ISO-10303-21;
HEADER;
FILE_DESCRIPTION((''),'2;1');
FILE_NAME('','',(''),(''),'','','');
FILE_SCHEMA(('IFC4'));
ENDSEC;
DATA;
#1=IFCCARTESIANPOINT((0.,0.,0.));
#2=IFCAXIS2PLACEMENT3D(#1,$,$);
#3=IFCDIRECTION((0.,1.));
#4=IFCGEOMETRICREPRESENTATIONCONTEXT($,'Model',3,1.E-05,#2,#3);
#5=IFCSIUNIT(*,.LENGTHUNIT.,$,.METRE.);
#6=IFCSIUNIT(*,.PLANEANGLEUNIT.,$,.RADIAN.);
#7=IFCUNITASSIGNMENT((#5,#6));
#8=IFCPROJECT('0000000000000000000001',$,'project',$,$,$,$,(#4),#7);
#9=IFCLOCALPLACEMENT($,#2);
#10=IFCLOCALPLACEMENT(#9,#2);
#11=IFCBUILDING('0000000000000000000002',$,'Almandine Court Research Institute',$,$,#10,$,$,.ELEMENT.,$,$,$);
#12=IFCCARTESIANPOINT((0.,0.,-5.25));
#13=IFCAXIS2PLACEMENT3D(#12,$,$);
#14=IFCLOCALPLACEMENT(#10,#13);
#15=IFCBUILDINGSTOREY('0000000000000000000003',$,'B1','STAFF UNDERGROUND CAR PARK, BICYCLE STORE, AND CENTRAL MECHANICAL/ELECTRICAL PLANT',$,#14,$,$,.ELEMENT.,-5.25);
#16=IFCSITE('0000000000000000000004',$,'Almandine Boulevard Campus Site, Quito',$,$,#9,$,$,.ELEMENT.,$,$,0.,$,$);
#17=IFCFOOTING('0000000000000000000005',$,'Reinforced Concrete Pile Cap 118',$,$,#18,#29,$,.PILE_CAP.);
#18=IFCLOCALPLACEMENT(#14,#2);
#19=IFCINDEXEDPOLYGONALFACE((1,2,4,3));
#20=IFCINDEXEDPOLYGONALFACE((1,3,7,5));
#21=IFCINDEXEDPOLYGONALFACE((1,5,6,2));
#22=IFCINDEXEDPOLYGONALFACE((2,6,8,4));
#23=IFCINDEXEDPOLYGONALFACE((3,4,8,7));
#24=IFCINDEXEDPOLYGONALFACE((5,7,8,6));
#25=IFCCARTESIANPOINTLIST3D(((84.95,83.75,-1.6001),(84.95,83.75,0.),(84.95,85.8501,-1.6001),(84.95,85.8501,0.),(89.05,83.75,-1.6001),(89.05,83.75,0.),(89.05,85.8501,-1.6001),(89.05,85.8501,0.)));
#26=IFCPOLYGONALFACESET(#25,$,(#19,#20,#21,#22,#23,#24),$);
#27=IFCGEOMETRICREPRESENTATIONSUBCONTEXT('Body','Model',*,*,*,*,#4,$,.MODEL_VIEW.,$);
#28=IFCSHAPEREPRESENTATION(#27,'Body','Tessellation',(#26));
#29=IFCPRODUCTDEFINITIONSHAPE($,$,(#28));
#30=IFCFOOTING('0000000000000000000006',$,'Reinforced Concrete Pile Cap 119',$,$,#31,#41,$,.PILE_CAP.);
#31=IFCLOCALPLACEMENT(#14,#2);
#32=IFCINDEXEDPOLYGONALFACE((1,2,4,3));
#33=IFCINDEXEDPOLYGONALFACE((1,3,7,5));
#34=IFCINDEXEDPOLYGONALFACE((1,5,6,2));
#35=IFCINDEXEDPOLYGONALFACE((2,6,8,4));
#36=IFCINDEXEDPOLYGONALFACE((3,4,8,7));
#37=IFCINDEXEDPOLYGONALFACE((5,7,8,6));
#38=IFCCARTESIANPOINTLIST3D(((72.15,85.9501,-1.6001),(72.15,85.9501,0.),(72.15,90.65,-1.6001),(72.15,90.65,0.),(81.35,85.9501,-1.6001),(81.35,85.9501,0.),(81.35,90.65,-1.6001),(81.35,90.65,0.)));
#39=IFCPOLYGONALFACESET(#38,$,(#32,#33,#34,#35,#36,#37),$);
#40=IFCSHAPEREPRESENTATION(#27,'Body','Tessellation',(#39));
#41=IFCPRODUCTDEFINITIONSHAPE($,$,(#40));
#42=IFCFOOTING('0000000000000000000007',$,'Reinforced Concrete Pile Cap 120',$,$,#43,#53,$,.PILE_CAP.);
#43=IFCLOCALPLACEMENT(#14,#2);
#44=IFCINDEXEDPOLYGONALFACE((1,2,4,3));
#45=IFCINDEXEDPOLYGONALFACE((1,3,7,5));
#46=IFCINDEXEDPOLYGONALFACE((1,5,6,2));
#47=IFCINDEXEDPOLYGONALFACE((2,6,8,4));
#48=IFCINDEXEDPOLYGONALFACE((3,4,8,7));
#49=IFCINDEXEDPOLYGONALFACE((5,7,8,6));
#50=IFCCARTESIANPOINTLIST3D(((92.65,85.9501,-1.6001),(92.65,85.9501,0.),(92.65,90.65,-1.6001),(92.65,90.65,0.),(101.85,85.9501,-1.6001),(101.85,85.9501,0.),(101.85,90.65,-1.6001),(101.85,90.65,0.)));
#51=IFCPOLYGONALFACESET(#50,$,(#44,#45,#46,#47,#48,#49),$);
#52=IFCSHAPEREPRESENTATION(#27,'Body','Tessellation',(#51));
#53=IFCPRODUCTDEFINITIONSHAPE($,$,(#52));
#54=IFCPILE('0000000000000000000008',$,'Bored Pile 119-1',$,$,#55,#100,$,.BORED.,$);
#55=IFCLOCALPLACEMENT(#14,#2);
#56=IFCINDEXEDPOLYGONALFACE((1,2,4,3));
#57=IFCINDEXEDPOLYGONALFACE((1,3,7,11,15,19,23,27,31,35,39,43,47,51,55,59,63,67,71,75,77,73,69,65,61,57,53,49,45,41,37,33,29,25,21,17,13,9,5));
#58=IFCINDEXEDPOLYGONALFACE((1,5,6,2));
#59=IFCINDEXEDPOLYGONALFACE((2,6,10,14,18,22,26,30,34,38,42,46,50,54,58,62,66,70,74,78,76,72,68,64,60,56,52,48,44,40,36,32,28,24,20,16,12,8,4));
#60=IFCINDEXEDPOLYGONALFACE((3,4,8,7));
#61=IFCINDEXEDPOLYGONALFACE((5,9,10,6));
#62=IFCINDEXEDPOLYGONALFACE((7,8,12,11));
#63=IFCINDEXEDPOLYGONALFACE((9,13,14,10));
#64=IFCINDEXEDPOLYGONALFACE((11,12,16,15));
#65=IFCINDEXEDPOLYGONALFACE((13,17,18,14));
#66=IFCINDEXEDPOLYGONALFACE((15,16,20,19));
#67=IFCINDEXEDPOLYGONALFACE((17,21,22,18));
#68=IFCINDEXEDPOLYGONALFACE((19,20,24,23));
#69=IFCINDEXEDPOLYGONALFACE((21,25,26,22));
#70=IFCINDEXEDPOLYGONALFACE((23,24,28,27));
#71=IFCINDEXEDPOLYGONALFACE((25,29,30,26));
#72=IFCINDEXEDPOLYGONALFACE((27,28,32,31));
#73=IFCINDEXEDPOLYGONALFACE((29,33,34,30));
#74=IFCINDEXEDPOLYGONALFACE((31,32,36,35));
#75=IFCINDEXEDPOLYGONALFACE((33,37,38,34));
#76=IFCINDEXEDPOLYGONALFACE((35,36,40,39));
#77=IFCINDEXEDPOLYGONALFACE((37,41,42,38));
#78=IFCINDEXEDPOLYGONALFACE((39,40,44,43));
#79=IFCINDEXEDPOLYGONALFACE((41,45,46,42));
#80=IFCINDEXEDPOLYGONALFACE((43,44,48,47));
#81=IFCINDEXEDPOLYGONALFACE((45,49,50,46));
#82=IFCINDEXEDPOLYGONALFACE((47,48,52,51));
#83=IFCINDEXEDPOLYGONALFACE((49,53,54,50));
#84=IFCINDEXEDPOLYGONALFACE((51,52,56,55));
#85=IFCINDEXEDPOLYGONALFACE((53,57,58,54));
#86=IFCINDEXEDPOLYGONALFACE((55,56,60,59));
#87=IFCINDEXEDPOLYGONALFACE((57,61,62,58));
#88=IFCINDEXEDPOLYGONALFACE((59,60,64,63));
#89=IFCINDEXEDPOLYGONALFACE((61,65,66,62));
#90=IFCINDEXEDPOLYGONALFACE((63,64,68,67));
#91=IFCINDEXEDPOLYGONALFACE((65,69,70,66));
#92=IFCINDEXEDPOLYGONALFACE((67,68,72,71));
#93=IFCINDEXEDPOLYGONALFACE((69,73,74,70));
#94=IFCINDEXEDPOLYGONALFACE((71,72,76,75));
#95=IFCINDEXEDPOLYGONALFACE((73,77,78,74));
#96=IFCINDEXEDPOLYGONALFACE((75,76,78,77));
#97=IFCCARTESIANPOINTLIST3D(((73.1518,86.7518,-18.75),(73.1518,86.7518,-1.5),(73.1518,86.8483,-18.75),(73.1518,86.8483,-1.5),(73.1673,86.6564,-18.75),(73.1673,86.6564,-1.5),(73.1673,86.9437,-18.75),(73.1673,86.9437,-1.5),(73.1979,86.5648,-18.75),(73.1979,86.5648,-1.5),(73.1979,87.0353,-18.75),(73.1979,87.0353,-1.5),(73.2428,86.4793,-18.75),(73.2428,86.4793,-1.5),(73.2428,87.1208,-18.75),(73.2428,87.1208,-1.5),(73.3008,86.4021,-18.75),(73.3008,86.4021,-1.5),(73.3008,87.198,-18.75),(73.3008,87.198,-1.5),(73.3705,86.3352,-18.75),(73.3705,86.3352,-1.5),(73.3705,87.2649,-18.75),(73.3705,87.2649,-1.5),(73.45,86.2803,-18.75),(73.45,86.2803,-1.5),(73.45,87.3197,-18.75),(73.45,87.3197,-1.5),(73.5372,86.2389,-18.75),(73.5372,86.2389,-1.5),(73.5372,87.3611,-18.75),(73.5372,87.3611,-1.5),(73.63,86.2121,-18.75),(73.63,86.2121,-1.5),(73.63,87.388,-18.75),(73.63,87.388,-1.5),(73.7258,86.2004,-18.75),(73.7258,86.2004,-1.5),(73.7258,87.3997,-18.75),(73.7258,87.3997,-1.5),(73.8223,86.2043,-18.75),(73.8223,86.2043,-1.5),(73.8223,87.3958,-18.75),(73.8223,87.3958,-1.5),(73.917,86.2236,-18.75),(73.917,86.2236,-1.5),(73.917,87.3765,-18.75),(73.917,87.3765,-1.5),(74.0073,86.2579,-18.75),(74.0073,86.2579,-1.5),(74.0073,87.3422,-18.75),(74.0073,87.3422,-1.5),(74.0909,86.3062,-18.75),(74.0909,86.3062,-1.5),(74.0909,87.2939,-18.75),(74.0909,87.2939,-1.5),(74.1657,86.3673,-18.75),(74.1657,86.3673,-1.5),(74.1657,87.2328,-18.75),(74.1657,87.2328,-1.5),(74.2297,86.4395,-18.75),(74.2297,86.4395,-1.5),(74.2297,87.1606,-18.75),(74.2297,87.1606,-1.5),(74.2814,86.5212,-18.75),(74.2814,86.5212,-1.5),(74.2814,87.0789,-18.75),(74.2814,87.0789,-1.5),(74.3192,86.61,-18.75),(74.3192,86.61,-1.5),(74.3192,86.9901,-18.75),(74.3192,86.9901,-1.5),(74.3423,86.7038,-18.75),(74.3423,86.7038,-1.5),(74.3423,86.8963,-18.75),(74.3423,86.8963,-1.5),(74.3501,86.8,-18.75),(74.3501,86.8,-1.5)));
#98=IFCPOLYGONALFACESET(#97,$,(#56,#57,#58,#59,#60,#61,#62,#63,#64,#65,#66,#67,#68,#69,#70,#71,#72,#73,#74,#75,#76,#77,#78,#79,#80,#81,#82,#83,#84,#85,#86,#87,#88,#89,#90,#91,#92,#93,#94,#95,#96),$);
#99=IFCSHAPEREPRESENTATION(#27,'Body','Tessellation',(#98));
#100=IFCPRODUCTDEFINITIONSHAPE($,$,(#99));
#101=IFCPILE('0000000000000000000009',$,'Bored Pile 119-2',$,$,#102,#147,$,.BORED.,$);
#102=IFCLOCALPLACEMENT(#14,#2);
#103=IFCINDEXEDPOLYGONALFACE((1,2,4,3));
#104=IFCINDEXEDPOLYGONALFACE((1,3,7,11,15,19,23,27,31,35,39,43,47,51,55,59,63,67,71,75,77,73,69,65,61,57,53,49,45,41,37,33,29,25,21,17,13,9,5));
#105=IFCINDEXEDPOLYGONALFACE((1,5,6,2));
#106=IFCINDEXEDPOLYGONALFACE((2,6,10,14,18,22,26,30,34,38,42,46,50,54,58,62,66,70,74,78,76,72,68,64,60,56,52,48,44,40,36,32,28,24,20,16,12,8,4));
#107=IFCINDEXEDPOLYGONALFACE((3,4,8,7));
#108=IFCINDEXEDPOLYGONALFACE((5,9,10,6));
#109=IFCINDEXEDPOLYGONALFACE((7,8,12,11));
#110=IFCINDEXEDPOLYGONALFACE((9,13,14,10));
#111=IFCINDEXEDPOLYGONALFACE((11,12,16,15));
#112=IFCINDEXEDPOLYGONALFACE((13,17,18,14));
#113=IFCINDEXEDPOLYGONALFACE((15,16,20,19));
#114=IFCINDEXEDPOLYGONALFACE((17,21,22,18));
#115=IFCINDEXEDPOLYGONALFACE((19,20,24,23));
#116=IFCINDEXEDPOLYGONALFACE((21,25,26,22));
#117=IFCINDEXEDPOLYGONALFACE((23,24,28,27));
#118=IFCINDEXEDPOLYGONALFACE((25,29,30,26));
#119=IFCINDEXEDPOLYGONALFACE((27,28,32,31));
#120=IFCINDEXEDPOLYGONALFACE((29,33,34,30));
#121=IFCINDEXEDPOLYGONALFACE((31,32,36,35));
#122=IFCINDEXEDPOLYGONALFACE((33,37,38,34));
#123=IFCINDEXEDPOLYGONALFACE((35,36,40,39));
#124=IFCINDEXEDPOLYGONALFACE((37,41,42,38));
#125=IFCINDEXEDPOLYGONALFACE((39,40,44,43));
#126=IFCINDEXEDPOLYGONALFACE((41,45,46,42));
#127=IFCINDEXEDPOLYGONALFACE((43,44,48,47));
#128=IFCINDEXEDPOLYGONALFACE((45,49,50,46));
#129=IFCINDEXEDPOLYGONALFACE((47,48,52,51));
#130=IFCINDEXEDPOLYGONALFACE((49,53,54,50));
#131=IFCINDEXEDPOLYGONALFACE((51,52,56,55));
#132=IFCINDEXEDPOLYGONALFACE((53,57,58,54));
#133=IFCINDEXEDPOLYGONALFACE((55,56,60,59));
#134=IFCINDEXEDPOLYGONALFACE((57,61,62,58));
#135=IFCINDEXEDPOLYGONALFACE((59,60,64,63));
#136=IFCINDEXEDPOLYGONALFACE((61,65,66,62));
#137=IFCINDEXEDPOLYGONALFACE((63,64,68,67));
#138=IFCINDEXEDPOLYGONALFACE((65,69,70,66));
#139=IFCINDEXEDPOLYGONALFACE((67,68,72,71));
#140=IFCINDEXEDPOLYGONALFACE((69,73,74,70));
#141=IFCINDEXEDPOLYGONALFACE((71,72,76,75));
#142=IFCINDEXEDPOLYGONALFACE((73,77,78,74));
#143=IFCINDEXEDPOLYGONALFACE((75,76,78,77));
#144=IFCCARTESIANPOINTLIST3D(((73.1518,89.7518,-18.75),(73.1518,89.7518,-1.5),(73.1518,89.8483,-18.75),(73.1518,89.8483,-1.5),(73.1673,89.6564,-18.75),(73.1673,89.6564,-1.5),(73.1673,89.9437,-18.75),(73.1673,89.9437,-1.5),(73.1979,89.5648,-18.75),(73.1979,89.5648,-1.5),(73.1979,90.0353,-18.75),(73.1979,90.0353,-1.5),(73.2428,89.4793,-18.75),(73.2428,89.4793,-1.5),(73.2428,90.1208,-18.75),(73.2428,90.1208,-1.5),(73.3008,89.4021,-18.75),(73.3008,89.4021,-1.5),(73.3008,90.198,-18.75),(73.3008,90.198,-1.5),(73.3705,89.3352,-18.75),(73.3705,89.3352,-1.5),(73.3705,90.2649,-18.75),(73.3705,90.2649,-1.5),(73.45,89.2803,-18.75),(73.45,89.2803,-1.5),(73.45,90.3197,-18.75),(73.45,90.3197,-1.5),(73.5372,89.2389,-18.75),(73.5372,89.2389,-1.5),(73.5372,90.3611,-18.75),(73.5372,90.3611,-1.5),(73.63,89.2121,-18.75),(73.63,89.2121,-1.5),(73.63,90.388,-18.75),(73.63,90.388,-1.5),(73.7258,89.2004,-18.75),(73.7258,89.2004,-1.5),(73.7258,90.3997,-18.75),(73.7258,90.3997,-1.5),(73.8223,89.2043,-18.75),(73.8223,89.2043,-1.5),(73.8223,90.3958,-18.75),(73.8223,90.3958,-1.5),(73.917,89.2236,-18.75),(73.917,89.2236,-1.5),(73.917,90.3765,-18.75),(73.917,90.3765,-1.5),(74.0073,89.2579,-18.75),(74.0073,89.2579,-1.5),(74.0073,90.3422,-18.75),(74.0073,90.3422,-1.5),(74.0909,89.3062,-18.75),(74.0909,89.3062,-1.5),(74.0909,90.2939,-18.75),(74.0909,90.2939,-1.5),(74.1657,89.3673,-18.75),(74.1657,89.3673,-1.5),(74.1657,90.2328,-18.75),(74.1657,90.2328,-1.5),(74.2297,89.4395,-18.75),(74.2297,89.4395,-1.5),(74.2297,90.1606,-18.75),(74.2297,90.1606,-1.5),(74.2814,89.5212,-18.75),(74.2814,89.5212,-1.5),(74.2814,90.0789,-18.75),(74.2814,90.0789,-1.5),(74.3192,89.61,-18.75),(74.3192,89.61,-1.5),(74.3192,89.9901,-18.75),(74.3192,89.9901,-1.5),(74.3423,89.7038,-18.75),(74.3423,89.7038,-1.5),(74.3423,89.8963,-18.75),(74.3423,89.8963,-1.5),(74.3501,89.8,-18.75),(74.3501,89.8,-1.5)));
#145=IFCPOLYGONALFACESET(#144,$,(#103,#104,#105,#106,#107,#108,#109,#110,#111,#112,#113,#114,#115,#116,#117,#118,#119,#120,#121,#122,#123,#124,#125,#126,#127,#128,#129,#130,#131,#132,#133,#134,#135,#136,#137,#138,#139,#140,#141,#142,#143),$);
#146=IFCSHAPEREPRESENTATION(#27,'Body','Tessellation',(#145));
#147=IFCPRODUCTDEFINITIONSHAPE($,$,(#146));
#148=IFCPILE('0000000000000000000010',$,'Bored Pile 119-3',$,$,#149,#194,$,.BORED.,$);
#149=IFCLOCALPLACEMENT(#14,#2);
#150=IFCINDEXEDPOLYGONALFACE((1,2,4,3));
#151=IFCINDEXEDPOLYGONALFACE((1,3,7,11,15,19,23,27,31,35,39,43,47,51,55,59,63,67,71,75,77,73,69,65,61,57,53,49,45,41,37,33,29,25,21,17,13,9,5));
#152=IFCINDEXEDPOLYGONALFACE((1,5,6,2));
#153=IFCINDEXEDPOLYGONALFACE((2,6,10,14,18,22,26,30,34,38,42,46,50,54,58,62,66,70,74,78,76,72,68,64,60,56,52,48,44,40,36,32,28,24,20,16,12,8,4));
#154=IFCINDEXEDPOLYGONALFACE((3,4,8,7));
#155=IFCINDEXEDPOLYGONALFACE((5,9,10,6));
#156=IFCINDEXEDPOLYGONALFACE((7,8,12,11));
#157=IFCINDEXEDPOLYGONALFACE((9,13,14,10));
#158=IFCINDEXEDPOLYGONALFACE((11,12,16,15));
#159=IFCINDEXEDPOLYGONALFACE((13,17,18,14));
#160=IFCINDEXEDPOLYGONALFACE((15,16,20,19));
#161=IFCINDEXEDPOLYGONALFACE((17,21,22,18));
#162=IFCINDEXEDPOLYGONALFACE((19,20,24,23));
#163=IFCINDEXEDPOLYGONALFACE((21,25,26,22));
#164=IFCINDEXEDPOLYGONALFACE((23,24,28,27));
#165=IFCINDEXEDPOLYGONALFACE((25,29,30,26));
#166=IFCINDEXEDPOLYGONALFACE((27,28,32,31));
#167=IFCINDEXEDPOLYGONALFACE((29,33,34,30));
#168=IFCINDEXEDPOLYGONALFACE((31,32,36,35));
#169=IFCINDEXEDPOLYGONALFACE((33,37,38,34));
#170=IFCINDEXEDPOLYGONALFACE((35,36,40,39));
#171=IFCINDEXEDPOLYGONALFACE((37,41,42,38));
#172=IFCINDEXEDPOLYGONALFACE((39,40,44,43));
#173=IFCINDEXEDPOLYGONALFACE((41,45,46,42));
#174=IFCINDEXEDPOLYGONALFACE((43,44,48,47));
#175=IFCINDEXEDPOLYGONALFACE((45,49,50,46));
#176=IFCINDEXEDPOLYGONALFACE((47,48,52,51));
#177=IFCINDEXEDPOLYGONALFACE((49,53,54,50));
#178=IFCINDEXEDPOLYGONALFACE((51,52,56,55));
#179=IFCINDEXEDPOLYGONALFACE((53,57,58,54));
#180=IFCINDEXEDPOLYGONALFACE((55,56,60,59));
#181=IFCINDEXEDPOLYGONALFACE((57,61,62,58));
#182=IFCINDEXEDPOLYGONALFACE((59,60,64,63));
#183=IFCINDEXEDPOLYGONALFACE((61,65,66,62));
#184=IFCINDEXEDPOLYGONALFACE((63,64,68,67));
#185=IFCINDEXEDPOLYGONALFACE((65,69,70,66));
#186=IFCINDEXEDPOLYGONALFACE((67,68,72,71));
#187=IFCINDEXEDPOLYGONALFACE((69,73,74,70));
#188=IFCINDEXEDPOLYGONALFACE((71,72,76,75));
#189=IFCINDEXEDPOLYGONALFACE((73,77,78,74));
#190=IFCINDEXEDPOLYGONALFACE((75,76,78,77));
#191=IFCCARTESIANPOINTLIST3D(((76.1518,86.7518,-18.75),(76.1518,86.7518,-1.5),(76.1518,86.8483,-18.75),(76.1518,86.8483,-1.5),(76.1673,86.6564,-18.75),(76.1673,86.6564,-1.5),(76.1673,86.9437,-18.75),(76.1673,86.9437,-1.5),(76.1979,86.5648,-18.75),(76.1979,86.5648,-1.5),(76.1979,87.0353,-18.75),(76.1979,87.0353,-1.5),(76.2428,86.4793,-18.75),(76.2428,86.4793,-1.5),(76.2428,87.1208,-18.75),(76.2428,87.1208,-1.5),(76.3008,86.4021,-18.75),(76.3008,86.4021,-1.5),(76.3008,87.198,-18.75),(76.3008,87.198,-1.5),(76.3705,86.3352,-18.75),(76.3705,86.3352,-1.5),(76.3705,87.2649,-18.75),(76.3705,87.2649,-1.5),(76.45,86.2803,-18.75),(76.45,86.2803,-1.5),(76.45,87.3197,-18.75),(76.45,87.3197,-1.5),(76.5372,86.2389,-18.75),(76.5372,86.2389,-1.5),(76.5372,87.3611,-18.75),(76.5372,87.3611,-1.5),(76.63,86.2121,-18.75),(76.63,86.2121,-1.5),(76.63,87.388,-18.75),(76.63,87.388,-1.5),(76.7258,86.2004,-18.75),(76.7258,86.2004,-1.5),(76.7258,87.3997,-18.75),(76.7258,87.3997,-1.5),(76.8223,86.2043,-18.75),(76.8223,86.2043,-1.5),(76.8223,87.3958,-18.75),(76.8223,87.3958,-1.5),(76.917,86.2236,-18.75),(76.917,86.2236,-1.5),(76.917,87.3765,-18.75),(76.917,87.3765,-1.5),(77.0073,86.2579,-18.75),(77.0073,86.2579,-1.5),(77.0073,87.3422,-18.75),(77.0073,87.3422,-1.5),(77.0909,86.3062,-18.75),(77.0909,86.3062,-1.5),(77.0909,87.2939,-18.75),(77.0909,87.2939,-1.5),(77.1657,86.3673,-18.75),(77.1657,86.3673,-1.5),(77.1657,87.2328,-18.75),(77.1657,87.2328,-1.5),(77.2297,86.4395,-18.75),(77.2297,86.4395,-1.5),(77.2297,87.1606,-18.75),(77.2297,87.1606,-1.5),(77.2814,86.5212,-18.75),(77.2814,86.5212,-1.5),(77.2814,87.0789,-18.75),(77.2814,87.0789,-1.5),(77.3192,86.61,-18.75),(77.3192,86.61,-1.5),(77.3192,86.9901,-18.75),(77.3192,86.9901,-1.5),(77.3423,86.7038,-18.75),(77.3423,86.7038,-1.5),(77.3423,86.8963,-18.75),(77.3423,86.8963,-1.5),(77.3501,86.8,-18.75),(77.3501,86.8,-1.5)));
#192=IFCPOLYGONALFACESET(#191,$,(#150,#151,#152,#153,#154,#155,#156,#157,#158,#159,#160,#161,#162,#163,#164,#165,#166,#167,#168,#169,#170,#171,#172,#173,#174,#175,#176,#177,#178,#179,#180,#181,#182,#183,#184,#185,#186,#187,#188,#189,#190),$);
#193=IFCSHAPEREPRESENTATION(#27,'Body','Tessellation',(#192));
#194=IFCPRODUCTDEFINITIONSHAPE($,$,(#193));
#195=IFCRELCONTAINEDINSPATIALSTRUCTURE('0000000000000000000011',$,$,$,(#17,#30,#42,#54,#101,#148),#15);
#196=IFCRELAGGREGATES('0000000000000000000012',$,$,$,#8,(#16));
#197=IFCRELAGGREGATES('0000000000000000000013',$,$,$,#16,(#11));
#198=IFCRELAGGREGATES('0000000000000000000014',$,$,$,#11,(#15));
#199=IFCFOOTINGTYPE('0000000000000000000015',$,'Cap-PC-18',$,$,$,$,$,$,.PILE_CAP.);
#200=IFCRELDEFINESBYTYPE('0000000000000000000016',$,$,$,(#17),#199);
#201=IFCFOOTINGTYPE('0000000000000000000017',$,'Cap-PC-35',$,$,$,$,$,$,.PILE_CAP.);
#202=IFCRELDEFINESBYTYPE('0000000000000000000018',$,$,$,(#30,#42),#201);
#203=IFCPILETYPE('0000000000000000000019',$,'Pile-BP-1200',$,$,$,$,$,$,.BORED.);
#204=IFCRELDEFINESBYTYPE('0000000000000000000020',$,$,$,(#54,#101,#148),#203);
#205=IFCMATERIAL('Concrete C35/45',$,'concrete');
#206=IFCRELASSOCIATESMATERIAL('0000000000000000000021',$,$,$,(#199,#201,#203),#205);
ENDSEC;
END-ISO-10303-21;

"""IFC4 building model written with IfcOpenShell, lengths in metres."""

from ifc_helpers import new_model, si_unit, direction, frame, origin, origin_2d, place, context, subcontext, project, spatial, rectangle, circle, extrude, material, material_profile, profile_set, type_object, element, save


model = new_model("IFC4")

# Units and contexts
model_context = context("Model", 3, precision=1e-05, world=origin(), true_north=direction((0.0, 1.0)))
body_context = subcontext(model_context, "Body", "Model", "MODEL_VIEW")
ifc_project = project(units=[si_unit("LENGTHUNIT", "METRE"), si_unit("PLANEANGLEUNIT", "RADIAN")], contexts=[model_context])

# Site, building, storey
site_placement = place(None, origin())
site = spatial("IfcSite", under=ifc_project, at=site_placement, Name="Almandine Boulevard Campus Site, Quito", CompositionType="ELEMENT", RefElevation=0.0)
building_placement = place(site_placement, origin())
building = spatial("IfcBuilding", under=site, at=building_placement, Name="Almandine Court Research Institute", CompositionType="ELEMENT")
storey_placement = place(building_placement, frame((0.0, 0.0, -5.25)))
storey = spatial("IfcBuildingStorey", under=building, at=storey_placement, Name="B1", Description="STAFF UNDERGROUND CAR PARK, BICYCLE STORE, AND CENTRAL MECHANICAL/ELECTRICAL PLANT", CompositionType="ELEMENT", Elevation=-5.25)

# Footings
ifc_material_1 = material(Name="Concrete C35/45", Category="concrete")
footing_type_1 = type_object("IfcFootingType", Name="Cap-PC-18", PredefinedType="PILE_CAP", material=ifc_material_1)
footing_1_placement = place(storey_placement, frame((87.0, 84.8, -1.6001), z_axis=(0.0, 0.0, 1.0), x_axis=(1.0, 0.0, 0.0)))
element("IfcFooting", 1, at=footing_1_placement, inside=storey, type_object=footing_type_1, Name="Reinforced Concrete Pile Cap 118", PredefinedType="PILE_CAP", context=body_context, shape_type="SweptSolid", body=[
    extrude(rectangle(XDim=4.1001, YDim=2.1001, at=origin_2d()), origin(), (0.0, 0.0, 1.0), 1.6001),
])
footing_type_2 = type_object("IfcFootingType", Name="Cap-PC-35", PredefinedType="PILE_CAP", material=ifc_material_1)
for number, where, z_axis, x_axis, name in (
    (2, (76.75, 88.3, -1.6001), (0.0, 0.0, 1.0), (1.0, 0.0, 0.0), "Reinforced Concrete Pile Cap 119"),
    (3, (97.25, 88.3, -1.6001), (0.0, 0.0, 1.0), (1.0, 0.0, 0.0), "Reinforced Concrete Pile Cap 120"),
):
    element("IfcFooting", number, at=place(storey_placement, frame(where, z_axis=z_axis, x_axis=x_axis)), inside=storey, type_object=footing_type_2, Name=name, PredefinedType="PILE_CAP", context=body_context, shape_type="SweptSolid", body=[
        extrude(rectangle(XDim=9.2, YDim=4.7, at=origin_2d()), origin(), (0.0, 0.0, 1.0), 1.6001),
    ])

# Piles
ifc_material_profile_1 = material_profile(ifc_material_1, circle(Radius=0.6001, at=origin_2d()), Name="BORED PILE D1200")
ifc_profile_set_1 = profile_set([ifc_material_profile_1], Name="Concrete C35/45")
pile_type_1 = type_object("IfcPileType", Name="Pile-BP-1200", PredefinedType="BORED", material=ifc_profile_set_1)
for number, where, z_axis, x_axis, name in (
    (4, (73.75, 86.8, -1.5), (0.0, 0.0, -1.0), (1.0, 0.0, 0.0), "Bored Pile 119-1"),
    (5, (73.75, 89.8, -1.5), (0.0, 0.0, -1.0), (1.0, 0.0, 0.0), "Bored Pile 119-2"),
    (6, (76.75, 86.8, -1.5), (0.0, 0.0, -1.0), (1.0, 0.0, 0.0), "Bored Pile 119-3"),
):
    element("IfcPile", number, at=place(storey_placement, frame(where, z_axis=z_axis, x_axis=x_axis)), inside=storey, type_object=pile_type_1, Name=name, PredefinedType="BORED", context=body_context, shape_type="SweptSolid", body=[
        extrude(circle(Radius=0.6001, at=origin_2d()), origin(), (0.0, 0.0, 1.0), 17.25),
    ])

save(model, "model.ifc")
